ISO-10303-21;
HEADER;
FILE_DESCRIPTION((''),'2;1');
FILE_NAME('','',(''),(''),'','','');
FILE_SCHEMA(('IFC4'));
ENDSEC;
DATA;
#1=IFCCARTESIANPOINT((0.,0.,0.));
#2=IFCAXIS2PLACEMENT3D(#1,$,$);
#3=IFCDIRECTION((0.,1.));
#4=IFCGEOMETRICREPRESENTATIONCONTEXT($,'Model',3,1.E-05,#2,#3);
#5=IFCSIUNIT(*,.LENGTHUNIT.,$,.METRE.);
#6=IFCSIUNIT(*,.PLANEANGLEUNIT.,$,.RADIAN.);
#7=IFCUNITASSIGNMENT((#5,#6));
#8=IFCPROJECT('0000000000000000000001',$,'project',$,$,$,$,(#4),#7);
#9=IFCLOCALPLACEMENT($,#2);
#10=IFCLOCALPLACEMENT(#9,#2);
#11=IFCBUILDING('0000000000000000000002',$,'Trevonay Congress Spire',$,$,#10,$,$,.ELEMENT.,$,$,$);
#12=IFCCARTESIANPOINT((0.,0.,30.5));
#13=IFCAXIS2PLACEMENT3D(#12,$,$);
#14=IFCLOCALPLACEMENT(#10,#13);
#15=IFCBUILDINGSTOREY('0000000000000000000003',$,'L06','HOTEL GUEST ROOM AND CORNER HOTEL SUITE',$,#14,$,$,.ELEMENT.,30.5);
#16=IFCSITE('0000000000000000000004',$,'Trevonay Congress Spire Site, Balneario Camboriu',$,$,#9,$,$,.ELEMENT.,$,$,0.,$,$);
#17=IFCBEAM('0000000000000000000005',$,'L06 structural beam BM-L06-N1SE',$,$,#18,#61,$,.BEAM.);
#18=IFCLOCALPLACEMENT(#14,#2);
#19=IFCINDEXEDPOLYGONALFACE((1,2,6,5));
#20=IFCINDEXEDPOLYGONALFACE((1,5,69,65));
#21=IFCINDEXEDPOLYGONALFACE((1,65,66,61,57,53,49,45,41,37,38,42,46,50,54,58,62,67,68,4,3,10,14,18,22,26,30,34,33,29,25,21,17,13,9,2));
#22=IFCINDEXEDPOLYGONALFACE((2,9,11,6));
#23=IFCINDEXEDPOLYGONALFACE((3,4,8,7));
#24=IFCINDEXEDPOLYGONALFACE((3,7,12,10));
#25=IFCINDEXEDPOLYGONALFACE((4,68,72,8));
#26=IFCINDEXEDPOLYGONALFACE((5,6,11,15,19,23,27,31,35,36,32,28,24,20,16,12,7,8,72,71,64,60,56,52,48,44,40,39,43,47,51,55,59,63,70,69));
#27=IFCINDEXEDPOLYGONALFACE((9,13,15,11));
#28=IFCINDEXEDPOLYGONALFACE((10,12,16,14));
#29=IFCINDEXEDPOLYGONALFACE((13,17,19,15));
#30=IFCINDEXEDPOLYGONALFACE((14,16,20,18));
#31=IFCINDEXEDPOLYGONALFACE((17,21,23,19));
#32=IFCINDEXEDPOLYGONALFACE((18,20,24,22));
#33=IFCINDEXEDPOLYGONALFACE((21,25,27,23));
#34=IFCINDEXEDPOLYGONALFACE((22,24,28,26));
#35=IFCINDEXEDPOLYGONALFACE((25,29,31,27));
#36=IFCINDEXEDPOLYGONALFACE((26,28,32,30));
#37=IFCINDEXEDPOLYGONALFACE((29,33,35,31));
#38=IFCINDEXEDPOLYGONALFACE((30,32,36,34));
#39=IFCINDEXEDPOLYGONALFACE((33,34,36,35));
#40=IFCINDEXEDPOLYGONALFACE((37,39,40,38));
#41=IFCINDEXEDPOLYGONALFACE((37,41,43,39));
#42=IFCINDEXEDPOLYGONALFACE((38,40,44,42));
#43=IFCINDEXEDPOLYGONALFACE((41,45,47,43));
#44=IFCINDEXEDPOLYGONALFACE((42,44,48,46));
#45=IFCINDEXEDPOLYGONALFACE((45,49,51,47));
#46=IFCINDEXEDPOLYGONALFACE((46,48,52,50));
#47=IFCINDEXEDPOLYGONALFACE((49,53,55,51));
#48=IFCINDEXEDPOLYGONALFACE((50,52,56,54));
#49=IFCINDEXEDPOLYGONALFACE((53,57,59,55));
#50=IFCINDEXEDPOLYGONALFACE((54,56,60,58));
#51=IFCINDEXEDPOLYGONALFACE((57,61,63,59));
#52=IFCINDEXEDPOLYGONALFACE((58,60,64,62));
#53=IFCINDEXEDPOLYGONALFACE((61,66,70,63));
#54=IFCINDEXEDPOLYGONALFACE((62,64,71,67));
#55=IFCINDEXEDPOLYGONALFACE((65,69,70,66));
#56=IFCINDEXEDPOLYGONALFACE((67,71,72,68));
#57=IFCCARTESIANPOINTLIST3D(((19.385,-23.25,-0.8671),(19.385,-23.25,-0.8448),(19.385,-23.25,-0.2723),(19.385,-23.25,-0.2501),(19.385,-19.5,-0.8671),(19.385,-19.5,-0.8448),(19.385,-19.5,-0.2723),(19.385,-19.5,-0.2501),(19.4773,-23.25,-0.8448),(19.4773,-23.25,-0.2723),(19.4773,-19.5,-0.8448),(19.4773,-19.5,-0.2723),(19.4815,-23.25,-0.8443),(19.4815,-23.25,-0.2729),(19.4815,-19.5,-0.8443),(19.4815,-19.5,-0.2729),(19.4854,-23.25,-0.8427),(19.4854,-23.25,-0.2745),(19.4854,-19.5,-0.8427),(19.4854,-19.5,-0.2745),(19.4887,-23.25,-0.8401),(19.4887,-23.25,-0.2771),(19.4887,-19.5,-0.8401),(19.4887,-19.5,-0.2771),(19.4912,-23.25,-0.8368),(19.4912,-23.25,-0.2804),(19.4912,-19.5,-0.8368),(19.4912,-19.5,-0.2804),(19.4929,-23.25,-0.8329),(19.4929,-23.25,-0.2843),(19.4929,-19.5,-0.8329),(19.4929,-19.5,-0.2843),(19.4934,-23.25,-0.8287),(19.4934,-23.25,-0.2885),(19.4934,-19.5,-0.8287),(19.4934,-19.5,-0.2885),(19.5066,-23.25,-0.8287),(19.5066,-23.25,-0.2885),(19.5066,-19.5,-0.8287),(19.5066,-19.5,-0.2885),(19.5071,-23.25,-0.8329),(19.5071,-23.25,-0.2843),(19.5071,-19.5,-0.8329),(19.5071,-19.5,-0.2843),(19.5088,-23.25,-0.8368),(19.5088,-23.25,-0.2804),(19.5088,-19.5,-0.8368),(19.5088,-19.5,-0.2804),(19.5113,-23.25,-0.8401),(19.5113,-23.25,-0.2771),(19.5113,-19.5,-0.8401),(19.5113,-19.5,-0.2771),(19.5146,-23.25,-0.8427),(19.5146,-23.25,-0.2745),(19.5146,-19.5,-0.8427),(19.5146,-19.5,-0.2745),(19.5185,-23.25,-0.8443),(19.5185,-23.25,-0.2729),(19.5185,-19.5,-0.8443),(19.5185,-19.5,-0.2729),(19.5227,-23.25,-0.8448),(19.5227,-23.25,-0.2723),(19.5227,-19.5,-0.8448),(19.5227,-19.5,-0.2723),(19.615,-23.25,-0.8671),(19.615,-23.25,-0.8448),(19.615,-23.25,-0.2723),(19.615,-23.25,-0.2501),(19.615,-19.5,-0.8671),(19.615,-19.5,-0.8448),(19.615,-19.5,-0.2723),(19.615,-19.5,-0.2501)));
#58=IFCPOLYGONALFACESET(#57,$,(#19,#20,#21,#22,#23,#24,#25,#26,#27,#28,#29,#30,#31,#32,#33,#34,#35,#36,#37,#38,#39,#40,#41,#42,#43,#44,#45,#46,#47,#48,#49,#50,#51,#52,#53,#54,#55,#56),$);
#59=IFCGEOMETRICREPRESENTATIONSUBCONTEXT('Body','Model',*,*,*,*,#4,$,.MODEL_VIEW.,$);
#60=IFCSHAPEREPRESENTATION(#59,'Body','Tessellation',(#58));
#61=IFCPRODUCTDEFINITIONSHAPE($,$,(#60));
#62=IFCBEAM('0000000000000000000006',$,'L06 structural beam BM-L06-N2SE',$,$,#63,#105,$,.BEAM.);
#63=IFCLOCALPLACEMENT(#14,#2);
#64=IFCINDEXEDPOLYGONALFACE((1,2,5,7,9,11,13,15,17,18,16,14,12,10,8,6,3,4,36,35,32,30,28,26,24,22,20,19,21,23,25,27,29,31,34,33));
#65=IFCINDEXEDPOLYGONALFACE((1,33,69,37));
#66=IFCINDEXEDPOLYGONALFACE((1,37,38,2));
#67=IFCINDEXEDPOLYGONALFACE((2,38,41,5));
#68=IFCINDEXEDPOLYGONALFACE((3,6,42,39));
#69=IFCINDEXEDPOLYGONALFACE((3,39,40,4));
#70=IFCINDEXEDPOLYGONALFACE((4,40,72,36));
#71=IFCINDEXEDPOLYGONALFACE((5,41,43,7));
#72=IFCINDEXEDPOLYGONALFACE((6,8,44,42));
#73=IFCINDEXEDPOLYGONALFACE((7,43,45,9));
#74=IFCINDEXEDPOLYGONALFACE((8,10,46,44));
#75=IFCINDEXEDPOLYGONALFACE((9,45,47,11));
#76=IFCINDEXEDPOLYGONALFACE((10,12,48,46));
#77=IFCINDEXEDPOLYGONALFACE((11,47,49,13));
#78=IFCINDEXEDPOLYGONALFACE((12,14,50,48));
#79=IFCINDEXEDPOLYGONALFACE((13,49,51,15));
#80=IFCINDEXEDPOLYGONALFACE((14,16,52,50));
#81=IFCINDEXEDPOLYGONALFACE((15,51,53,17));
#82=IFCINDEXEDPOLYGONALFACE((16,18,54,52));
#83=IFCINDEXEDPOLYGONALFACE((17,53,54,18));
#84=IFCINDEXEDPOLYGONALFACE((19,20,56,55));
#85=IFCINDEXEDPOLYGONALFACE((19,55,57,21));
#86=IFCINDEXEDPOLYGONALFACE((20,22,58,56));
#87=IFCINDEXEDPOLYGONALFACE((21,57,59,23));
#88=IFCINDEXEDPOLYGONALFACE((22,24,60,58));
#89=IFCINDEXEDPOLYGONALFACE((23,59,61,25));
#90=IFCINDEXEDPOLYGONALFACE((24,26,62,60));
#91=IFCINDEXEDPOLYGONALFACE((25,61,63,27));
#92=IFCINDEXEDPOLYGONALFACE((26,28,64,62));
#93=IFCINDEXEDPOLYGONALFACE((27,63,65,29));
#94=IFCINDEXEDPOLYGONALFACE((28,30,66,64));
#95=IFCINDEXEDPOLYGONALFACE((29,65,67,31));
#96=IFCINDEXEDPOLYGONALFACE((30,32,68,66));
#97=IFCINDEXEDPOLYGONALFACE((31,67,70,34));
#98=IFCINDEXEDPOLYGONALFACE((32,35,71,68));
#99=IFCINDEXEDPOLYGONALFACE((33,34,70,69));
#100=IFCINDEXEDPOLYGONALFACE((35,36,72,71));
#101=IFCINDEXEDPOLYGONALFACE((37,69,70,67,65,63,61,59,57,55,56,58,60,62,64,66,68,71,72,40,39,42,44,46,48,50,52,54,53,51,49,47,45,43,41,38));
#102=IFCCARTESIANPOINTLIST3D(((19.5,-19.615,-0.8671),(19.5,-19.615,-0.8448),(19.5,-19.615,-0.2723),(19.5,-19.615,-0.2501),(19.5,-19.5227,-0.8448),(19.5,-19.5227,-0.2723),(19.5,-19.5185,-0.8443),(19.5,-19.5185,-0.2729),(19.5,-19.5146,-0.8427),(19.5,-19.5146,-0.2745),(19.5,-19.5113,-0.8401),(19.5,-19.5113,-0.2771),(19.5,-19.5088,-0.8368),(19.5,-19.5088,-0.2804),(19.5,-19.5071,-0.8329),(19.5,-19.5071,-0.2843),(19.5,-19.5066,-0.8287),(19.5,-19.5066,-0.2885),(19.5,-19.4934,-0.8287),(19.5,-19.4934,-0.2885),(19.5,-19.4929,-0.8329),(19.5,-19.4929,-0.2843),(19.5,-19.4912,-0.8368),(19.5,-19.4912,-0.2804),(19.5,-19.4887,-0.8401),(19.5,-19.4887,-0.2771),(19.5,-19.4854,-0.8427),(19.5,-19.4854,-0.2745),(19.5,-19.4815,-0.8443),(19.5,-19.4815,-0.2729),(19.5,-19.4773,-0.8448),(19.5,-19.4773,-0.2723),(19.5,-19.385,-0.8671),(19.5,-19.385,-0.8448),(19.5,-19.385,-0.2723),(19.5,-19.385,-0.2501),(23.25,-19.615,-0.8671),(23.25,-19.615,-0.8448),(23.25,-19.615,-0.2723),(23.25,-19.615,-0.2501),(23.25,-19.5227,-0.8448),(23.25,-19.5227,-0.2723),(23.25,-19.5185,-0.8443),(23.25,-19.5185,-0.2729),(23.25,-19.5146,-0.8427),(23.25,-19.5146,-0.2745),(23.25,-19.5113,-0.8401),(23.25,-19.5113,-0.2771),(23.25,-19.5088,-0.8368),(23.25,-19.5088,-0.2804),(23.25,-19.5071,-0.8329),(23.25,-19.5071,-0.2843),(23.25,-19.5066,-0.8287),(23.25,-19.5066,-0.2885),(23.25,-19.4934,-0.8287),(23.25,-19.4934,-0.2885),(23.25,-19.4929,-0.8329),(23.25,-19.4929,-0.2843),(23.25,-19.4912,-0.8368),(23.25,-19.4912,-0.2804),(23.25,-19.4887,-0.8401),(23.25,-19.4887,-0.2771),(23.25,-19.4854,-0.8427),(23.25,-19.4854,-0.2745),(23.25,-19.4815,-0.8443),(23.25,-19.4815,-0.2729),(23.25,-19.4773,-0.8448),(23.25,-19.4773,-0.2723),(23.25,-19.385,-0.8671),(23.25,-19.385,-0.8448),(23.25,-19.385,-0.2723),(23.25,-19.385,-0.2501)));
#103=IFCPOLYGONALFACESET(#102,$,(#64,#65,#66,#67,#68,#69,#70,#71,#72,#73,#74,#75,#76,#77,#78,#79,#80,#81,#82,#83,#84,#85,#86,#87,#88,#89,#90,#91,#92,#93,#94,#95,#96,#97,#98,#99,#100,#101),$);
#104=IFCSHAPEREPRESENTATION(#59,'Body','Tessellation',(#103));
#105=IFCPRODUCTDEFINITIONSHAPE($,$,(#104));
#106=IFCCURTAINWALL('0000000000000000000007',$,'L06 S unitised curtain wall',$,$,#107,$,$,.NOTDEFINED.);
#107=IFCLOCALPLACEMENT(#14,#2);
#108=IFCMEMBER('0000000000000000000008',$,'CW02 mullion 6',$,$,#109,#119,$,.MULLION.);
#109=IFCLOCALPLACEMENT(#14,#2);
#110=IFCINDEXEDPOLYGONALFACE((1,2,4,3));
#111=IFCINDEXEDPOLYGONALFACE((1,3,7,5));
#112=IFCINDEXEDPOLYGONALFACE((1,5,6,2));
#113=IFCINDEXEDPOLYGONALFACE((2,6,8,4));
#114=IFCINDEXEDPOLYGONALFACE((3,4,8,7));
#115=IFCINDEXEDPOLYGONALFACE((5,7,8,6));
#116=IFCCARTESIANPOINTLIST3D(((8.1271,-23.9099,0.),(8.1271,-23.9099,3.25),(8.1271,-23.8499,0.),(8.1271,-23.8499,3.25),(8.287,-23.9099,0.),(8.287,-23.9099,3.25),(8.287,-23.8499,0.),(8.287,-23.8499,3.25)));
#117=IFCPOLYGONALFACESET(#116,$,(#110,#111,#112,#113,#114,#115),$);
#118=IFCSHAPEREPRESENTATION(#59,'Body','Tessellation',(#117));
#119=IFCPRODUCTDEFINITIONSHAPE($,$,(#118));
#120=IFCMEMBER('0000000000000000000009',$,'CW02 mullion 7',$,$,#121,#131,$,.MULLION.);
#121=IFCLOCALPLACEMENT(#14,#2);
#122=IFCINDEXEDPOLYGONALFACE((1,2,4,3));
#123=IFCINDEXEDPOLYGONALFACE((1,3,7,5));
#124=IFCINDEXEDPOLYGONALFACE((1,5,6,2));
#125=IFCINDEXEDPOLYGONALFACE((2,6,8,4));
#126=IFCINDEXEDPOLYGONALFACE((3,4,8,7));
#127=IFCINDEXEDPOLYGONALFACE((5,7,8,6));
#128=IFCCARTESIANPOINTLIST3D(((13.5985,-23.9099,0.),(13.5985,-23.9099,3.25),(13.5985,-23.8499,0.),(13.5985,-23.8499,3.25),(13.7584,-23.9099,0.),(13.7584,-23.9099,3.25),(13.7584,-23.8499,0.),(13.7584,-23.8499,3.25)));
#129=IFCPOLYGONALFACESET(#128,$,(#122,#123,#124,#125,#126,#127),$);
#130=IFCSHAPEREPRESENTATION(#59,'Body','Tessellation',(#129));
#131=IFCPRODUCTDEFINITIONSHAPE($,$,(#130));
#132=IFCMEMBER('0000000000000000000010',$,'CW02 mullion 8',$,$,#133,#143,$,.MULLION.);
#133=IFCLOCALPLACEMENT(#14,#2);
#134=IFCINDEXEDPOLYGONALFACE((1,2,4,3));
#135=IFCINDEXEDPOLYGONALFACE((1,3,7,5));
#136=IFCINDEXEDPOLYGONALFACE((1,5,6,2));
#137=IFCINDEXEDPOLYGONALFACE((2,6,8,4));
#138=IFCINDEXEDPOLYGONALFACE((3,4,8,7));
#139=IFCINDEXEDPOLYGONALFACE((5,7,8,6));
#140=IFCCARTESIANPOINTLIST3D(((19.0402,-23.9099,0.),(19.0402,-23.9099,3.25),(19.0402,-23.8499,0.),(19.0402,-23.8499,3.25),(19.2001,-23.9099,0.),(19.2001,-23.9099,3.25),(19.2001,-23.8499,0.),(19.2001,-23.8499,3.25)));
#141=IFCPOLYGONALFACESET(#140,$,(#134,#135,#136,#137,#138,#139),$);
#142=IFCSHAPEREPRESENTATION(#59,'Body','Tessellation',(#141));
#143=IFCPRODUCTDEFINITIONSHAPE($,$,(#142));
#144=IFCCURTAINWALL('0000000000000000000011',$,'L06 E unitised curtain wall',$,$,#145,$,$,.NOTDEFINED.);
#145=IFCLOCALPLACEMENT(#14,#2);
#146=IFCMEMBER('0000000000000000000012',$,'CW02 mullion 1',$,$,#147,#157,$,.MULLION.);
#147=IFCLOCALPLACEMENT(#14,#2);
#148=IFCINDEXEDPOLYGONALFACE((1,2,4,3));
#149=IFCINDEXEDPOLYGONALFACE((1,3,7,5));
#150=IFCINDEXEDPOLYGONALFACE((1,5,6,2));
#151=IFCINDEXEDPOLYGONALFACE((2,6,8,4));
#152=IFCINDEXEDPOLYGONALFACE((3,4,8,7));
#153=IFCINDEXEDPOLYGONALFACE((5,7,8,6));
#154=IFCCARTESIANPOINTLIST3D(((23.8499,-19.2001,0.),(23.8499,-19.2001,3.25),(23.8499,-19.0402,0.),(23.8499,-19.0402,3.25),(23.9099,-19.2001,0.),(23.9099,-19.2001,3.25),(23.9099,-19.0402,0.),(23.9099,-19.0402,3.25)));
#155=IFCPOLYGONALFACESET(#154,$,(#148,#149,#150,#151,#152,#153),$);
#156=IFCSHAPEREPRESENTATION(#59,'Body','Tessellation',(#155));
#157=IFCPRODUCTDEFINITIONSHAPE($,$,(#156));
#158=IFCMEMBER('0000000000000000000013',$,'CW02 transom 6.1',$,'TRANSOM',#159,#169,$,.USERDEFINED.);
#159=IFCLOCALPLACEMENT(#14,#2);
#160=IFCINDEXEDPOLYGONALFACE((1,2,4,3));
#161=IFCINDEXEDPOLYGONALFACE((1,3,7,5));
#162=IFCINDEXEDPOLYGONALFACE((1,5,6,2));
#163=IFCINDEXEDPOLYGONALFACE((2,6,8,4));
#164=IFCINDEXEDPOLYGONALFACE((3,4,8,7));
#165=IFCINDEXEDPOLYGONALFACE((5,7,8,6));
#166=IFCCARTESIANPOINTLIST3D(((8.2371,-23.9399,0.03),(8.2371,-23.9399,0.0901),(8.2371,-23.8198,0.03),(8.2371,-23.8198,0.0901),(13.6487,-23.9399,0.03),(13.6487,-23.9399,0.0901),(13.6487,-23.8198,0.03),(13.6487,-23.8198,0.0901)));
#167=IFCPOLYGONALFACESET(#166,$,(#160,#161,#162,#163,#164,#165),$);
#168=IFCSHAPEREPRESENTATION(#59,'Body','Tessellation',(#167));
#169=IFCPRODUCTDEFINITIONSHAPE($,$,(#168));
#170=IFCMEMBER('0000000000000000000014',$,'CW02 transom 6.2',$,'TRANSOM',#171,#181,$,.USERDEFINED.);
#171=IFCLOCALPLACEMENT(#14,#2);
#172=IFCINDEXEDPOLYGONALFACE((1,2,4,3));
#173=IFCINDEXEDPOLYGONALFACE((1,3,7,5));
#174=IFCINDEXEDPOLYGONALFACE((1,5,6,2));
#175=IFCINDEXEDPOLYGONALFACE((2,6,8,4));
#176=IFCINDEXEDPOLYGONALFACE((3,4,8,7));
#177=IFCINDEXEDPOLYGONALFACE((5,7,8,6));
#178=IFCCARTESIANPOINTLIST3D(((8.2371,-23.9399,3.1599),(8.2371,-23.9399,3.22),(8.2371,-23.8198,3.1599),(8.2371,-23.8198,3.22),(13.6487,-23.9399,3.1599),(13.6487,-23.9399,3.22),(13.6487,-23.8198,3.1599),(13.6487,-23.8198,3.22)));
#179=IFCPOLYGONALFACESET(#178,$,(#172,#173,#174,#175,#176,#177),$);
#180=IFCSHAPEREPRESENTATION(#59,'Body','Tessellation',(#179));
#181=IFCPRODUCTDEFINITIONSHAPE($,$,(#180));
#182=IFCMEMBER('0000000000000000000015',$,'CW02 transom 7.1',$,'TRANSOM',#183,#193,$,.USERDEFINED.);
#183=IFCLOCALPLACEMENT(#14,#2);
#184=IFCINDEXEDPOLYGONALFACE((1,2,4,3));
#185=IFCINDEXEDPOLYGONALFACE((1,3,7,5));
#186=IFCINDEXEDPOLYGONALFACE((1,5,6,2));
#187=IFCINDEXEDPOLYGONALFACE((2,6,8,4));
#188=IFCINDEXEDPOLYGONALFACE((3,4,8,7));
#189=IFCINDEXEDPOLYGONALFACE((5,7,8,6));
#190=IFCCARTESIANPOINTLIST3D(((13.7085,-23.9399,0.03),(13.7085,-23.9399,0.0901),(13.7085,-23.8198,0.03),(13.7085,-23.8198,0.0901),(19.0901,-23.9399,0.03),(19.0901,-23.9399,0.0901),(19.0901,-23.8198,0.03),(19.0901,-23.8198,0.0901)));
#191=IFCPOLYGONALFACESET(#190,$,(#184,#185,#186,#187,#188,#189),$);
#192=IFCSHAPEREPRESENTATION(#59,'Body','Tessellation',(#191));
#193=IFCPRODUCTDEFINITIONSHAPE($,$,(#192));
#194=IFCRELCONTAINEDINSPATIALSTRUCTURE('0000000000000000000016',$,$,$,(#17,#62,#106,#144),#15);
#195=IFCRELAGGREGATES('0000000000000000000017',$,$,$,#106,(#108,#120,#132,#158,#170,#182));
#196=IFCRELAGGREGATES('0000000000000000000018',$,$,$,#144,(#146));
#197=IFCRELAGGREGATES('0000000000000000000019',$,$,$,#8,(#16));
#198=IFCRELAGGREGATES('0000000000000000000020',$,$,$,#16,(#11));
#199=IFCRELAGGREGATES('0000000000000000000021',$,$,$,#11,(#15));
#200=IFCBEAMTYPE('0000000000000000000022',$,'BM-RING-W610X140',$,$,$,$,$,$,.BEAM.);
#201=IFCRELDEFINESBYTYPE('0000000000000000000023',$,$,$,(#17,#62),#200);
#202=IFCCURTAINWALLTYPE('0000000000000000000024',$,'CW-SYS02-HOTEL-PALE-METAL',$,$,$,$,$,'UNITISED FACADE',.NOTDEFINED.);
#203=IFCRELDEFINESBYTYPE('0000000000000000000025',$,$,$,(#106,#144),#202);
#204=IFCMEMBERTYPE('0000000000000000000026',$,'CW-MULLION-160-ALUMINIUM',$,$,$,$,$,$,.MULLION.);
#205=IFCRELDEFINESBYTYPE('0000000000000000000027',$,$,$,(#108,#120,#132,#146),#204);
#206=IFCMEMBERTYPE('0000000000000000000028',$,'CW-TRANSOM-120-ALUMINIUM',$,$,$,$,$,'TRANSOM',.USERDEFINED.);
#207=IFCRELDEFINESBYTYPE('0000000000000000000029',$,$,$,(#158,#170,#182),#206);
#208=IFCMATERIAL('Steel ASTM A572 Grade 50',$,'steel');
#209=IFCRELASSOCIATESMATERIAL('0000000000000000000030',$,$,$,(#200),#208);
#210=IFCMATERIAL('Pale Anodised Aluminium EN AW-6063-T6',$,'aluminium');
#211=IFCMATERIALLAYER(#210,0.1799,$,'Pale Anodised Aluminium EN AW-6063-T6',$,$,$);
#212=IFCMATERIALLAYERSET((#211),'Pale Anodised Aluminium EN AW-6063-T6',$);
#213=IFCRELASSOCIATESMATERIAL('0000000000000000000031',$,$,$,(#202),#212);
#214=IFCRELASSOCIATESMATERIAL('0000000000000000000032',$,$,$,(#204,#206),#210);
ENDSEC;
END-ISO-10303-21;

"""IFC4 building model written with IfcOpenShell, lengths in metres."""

from ifc_helpers import new_model, si_unit, direction, frame, origin, origin_2d, place, context, subcontext, project, spatial, rectangle, i_section, extrude, material, layer, layer_set, material_profile, profile_set, type_object, element, aggregate, save


model = new_model("IFC4")

# Units and contexts
model_context = context("Model", 3, precision=1e-05, world=origin(), true_north=direction((0.0, 1.0)))
body_context = subcontext(model_context, "Body", "Model", "MODEL_VIEW")
ifc_project = project(units=[si_unit("LENGTHUNIT", "METRE"), si_unit("PLANEANGLEUNIT", "RADIAN")], contexts=[model_context])

# Site, building, storey
site_placement = place(None, origin())
site = spatial("IfcSite", under=ifc_project, at=site_placement, Name="Trevonay Congress Spire Site, Balneario Camboriu", CompositionType="ELEMENT", RefElevation=0.0)
building_placement = place(site_placement, origin())
building = spatial("IfcBuilding", under=site, at=building_placement, Name="Trevonay Congress Spire", CompositionType="ELEMENT")
storey_placement = place(building_placement, frame((0.0, 0.0, 30.5)))
storey = spatial("IfcBuildingStorey", under=building, at=storey_placement, Name="L06", Description="HOTEL GUEST ROOM AND CORNER HOTEL SUITE", CompositionType="ELEMENT", Elevation=30.5)

# Shared definitions
ifc_material_1 = material(Name="Steel ASTM A572 Grade 50", Category="steel")

# Beams
ifc_material_profile_1 = material_profile(ifc_material_1, i_section(OverallWidth=0.23, OverallDepth=0.6169, WebThickness=0.0132, FlangeThickness=0.0222, FilletRadius=0.0161, at=origin_2d()), Name="W610x140")
ifc_profile_set_1 = profile_set([ifc_material_profile_1], Name="Steel ASTM A572 Grade 50")
beam_type = type_object("IfcBeamType", Name="BM-RING-W610X140", PredefinedType="BEAM", material=ifc_profile_set_1)
for number, where, z_axis, x_axis, name in (
    (1, (19.5, -23.25, -0.5586), (0.0, 1.0, 0.0), (-1.0, 0.0, 0.0), "L06 structural beam BM-L06-N1SE"),
    (2, (23.25, -19.5, -0.5586), (-1.0, 0.0, 0.0), (0.0, -1.0, 0.0), "L06 structural beam BM-L06-N2SE"),
):
    element("IfcBeam", number, at=place(storey_placement, frame(where, z_axis=z_axis, x_axis=x_axis)), inside=storey, type_object=beam_type, Name=name, PredefinedType="BEAM", context=body_context, shape_type="SweptSolid", body=[
        extrude(i_section(OverallWidth=0.23, OverallDepth=0.6169, WebThickness=0.0132, FlangeThickness=0.0222, FilletRadius=0.0161, at=origin_2d()), origin(), (0.0, 0.0, 1.0), 3.75),
    ])

# Curtain wall, members
ifc_material_2 = material(Name="Pale Anodised Aluminium EN AW-6063-T6", Category="aluminium")
ifc_layer_1 = layer(ifc_material_2, 0.1799, Name="Pale Anodised Aluminium EN AW-6063-T6")
ifc_layer_set_1 = layer_set([ifc_layer_1], Name="Pale Anodised Aluminium EN AW-6063-T6")
curtain_wall_type = type_object("IfcCurtainWallType", Name="CW-SYS02-HOTEL-PALE-METAL", ElementType="UNITISED FACADE", PredefinedType="NOTDEFINED", material=ifc_layer_set_1)
curtain_wall_1_placement = place(storey_placement, origin())
curtain_wall_1 = element("IfcCurtainWall", 3, at=curtain_wall_1_placement, inside=storey, type_object=curtain_wall_type, Name="L06 S unitised curtain wall", PredefinedType="NOTDEFINED")
ifc_material_profile_2 = material_profile(ifc_material_2, rectangle(XDim=0.0601, YDim=0.1599, at=origin_2d()), Name="CW-MULLION-160-ALUMINIUM")
ifc_profile_set_2 = profile_set([ifc_material_profile_2], Name="Pale Anodised Aluminium EN AW-6063-T6")
member_type_1 = type_object("IfcMemberType", Name="CW-MULLION-160-ALUMINIUM", PredefinedType="MULLION", material=ifc_profile_set_2)
member_1_placement = place(storey_placement, frame((8.207, -23.8799, 0.0), z_axis=(0.0, 0.0, 1.0), x_axis=(0.0, 1.0, 0.0)))
member_1 = element("IfcMember", 4, at=member_1_placement, type_object=member_type_1, Name="CW02 mullion 6", PredefinedType="MULLION", context=body_context, shape_type="SweptSolid", body=[
    extrude(rectangle(XDim=0.0601, YDim=0.1599, at=origin_2d()), origin(), (0.0, 0.0, 1.0), 3.25),
])
member_2_placement = place(storey_placement, frame((13.6785, -23.8799, 0.0), z_axis=(0.0, 0.0, 1.0), x_axis=(0.0, 1.0, 0.0)))
member_2 = element("IfcMember", 5, at=member_2_placement, type_object=member_type_1, Name="CW02 mullion 7", PredefinedType="MULLION", context=body_context, shape_type="SweptSolid", body=[
    extrude(rectangle(XDim=0.0601, YDim=0.1599, at=origin_2d()), origin(), (0.0, 0.0, 1.0), 3.25),
])
member_3_placement = place(storey_placement, frame((19.1201, -23.8799, 0.0), z_axis=(0.0, 0.0, 1.0), x_axis=(0.0, 1.0, 0.0)))
member_3 = element("IfcMember", 6, at=member_3_placement, type_object=member_type_1, Name="CW02 mullion 8", PredefinedType="MULLION", context=body_context, shape_type="SweptSolid", body=[
    extrude(rectangle(XDim=0.0601, YDim=0.1599, at=origin_2d()), origin(), (0.0, 0.0, 1.0), 3.25),
])

# Curtain wall, member
curtain_wall_2_placement = place(storey_placement, origin())
curtain_wall_2 = element("IfcCurtainWall", 7, at=curtain_wall_2_placement, inside=storey, type_object=curtain_wall_type, Name="L06 E unitised curtain wall", PredefinedType="NOTDEFINED")
member_4_placement = place(storey_placement, frame((23.8799, -19.1201, 0.0), z_axis=(0.0, 0.0, 1.0), x_axis=(-1.0, 0.0, 0.0)))
member_4 = element("IfcMember", 8, at=member_4_placement, type_object=member_type_1, Name="CW02 mullion 1", PredefinedType="MULLION", context=body_context, shape_type="SweptSolid", body=[
    extrude(rectangle(XDim=0.0601, YDim=0.1599, at=origin_2d()), origin(), (0.0, 0.0, 1.0), 3.25),
])

# Members
ifc_material_profile_3 = material_profile(ifc_material_2, rectangle(XDim=0.1201, YDim=0.0601, at=origin_2d()), Name="CW-TRANSOM-120-ALUMINIUM")
ifc_profile_set_3 = profile_set([ifc_material_profile_3], Name="Pale Anodised Aluminium EN AW-6063-T6")
member_type_2 = type_object("IfcMemberType", Name="CW-TRANSOM-120-ALUMINIUM", ElementType="TRANSOM", PredefinedType="USERDEFINED", material=ifc_profile_set_3)
member_5_placement = place(storey_placement, frame((8.2371, -23.8799, 0.0601), z_axis=(1.0, 0.0, 0.0), x_axis=(0.0, 1.0, 0.0)))
member_5 = element("IfcMember", 9, at=member_5_placement, type_object=member_type_2, Name="CW02 transom 6.1", ObjectType="TRANSOM", PredefinedType="USERDEFINED", context=body_context, shape_type="SweptSolid", body=[
    extrude(rectangle(XDim=0.1201, YDim=0.0601, at=origin_2d()), origin(), (0.0, 0.0, 1.0), 5.4116),
])
member_6_placement = place(storey_placement, frame((8.2371, -23.8799, 3.1899), z_axis=(1.0, 0.0, 0.0), x_axis=(0.0, 1.0, 0.0)))
member_6 = element("IfcMember", 10, at=member_6_placement, type_object=member_type_2, Name="CW02 transom 6.2", ObjectType="TRANSOM", PredefinedType="USERDEFINED", context=body_context, shape_type="SweptSolid", body=[
    extrude(rectangle(XDim=0.1201, YDim=0.0601, at=origin_2d()), origin(), (0.0, 0.0, 1.0), 5.4116),
])
member_7_placement = place(storey_placement, frame((13.7085, -23.8799, 0.0601), z_axis=(1.0, 0.0, 0.0), x_axis=(0.0, 1.0, 0.0)))
member_7 = element("IfcMember", 11, at=member_7_placement, type_object=member_type_2, Name="CW02 transom 7.1", ObjectType="TRANSOM", PredefinedType="USERDEFINED", context=body_context, shape_type="SweptSolid", body=[
    extrude(rectangle(XDim=0.1201, YDim=0.0601, at=origin_2d()), origin(), (0.0, 0.0, 1.0), 5.3816),
])

aggregate(curtain_wall_1, [member_1, member_2, member_3, member_5, member_6, member_7])
aggregate(curtain_wall_2, [member_4])

save(model, "model.ifc")
